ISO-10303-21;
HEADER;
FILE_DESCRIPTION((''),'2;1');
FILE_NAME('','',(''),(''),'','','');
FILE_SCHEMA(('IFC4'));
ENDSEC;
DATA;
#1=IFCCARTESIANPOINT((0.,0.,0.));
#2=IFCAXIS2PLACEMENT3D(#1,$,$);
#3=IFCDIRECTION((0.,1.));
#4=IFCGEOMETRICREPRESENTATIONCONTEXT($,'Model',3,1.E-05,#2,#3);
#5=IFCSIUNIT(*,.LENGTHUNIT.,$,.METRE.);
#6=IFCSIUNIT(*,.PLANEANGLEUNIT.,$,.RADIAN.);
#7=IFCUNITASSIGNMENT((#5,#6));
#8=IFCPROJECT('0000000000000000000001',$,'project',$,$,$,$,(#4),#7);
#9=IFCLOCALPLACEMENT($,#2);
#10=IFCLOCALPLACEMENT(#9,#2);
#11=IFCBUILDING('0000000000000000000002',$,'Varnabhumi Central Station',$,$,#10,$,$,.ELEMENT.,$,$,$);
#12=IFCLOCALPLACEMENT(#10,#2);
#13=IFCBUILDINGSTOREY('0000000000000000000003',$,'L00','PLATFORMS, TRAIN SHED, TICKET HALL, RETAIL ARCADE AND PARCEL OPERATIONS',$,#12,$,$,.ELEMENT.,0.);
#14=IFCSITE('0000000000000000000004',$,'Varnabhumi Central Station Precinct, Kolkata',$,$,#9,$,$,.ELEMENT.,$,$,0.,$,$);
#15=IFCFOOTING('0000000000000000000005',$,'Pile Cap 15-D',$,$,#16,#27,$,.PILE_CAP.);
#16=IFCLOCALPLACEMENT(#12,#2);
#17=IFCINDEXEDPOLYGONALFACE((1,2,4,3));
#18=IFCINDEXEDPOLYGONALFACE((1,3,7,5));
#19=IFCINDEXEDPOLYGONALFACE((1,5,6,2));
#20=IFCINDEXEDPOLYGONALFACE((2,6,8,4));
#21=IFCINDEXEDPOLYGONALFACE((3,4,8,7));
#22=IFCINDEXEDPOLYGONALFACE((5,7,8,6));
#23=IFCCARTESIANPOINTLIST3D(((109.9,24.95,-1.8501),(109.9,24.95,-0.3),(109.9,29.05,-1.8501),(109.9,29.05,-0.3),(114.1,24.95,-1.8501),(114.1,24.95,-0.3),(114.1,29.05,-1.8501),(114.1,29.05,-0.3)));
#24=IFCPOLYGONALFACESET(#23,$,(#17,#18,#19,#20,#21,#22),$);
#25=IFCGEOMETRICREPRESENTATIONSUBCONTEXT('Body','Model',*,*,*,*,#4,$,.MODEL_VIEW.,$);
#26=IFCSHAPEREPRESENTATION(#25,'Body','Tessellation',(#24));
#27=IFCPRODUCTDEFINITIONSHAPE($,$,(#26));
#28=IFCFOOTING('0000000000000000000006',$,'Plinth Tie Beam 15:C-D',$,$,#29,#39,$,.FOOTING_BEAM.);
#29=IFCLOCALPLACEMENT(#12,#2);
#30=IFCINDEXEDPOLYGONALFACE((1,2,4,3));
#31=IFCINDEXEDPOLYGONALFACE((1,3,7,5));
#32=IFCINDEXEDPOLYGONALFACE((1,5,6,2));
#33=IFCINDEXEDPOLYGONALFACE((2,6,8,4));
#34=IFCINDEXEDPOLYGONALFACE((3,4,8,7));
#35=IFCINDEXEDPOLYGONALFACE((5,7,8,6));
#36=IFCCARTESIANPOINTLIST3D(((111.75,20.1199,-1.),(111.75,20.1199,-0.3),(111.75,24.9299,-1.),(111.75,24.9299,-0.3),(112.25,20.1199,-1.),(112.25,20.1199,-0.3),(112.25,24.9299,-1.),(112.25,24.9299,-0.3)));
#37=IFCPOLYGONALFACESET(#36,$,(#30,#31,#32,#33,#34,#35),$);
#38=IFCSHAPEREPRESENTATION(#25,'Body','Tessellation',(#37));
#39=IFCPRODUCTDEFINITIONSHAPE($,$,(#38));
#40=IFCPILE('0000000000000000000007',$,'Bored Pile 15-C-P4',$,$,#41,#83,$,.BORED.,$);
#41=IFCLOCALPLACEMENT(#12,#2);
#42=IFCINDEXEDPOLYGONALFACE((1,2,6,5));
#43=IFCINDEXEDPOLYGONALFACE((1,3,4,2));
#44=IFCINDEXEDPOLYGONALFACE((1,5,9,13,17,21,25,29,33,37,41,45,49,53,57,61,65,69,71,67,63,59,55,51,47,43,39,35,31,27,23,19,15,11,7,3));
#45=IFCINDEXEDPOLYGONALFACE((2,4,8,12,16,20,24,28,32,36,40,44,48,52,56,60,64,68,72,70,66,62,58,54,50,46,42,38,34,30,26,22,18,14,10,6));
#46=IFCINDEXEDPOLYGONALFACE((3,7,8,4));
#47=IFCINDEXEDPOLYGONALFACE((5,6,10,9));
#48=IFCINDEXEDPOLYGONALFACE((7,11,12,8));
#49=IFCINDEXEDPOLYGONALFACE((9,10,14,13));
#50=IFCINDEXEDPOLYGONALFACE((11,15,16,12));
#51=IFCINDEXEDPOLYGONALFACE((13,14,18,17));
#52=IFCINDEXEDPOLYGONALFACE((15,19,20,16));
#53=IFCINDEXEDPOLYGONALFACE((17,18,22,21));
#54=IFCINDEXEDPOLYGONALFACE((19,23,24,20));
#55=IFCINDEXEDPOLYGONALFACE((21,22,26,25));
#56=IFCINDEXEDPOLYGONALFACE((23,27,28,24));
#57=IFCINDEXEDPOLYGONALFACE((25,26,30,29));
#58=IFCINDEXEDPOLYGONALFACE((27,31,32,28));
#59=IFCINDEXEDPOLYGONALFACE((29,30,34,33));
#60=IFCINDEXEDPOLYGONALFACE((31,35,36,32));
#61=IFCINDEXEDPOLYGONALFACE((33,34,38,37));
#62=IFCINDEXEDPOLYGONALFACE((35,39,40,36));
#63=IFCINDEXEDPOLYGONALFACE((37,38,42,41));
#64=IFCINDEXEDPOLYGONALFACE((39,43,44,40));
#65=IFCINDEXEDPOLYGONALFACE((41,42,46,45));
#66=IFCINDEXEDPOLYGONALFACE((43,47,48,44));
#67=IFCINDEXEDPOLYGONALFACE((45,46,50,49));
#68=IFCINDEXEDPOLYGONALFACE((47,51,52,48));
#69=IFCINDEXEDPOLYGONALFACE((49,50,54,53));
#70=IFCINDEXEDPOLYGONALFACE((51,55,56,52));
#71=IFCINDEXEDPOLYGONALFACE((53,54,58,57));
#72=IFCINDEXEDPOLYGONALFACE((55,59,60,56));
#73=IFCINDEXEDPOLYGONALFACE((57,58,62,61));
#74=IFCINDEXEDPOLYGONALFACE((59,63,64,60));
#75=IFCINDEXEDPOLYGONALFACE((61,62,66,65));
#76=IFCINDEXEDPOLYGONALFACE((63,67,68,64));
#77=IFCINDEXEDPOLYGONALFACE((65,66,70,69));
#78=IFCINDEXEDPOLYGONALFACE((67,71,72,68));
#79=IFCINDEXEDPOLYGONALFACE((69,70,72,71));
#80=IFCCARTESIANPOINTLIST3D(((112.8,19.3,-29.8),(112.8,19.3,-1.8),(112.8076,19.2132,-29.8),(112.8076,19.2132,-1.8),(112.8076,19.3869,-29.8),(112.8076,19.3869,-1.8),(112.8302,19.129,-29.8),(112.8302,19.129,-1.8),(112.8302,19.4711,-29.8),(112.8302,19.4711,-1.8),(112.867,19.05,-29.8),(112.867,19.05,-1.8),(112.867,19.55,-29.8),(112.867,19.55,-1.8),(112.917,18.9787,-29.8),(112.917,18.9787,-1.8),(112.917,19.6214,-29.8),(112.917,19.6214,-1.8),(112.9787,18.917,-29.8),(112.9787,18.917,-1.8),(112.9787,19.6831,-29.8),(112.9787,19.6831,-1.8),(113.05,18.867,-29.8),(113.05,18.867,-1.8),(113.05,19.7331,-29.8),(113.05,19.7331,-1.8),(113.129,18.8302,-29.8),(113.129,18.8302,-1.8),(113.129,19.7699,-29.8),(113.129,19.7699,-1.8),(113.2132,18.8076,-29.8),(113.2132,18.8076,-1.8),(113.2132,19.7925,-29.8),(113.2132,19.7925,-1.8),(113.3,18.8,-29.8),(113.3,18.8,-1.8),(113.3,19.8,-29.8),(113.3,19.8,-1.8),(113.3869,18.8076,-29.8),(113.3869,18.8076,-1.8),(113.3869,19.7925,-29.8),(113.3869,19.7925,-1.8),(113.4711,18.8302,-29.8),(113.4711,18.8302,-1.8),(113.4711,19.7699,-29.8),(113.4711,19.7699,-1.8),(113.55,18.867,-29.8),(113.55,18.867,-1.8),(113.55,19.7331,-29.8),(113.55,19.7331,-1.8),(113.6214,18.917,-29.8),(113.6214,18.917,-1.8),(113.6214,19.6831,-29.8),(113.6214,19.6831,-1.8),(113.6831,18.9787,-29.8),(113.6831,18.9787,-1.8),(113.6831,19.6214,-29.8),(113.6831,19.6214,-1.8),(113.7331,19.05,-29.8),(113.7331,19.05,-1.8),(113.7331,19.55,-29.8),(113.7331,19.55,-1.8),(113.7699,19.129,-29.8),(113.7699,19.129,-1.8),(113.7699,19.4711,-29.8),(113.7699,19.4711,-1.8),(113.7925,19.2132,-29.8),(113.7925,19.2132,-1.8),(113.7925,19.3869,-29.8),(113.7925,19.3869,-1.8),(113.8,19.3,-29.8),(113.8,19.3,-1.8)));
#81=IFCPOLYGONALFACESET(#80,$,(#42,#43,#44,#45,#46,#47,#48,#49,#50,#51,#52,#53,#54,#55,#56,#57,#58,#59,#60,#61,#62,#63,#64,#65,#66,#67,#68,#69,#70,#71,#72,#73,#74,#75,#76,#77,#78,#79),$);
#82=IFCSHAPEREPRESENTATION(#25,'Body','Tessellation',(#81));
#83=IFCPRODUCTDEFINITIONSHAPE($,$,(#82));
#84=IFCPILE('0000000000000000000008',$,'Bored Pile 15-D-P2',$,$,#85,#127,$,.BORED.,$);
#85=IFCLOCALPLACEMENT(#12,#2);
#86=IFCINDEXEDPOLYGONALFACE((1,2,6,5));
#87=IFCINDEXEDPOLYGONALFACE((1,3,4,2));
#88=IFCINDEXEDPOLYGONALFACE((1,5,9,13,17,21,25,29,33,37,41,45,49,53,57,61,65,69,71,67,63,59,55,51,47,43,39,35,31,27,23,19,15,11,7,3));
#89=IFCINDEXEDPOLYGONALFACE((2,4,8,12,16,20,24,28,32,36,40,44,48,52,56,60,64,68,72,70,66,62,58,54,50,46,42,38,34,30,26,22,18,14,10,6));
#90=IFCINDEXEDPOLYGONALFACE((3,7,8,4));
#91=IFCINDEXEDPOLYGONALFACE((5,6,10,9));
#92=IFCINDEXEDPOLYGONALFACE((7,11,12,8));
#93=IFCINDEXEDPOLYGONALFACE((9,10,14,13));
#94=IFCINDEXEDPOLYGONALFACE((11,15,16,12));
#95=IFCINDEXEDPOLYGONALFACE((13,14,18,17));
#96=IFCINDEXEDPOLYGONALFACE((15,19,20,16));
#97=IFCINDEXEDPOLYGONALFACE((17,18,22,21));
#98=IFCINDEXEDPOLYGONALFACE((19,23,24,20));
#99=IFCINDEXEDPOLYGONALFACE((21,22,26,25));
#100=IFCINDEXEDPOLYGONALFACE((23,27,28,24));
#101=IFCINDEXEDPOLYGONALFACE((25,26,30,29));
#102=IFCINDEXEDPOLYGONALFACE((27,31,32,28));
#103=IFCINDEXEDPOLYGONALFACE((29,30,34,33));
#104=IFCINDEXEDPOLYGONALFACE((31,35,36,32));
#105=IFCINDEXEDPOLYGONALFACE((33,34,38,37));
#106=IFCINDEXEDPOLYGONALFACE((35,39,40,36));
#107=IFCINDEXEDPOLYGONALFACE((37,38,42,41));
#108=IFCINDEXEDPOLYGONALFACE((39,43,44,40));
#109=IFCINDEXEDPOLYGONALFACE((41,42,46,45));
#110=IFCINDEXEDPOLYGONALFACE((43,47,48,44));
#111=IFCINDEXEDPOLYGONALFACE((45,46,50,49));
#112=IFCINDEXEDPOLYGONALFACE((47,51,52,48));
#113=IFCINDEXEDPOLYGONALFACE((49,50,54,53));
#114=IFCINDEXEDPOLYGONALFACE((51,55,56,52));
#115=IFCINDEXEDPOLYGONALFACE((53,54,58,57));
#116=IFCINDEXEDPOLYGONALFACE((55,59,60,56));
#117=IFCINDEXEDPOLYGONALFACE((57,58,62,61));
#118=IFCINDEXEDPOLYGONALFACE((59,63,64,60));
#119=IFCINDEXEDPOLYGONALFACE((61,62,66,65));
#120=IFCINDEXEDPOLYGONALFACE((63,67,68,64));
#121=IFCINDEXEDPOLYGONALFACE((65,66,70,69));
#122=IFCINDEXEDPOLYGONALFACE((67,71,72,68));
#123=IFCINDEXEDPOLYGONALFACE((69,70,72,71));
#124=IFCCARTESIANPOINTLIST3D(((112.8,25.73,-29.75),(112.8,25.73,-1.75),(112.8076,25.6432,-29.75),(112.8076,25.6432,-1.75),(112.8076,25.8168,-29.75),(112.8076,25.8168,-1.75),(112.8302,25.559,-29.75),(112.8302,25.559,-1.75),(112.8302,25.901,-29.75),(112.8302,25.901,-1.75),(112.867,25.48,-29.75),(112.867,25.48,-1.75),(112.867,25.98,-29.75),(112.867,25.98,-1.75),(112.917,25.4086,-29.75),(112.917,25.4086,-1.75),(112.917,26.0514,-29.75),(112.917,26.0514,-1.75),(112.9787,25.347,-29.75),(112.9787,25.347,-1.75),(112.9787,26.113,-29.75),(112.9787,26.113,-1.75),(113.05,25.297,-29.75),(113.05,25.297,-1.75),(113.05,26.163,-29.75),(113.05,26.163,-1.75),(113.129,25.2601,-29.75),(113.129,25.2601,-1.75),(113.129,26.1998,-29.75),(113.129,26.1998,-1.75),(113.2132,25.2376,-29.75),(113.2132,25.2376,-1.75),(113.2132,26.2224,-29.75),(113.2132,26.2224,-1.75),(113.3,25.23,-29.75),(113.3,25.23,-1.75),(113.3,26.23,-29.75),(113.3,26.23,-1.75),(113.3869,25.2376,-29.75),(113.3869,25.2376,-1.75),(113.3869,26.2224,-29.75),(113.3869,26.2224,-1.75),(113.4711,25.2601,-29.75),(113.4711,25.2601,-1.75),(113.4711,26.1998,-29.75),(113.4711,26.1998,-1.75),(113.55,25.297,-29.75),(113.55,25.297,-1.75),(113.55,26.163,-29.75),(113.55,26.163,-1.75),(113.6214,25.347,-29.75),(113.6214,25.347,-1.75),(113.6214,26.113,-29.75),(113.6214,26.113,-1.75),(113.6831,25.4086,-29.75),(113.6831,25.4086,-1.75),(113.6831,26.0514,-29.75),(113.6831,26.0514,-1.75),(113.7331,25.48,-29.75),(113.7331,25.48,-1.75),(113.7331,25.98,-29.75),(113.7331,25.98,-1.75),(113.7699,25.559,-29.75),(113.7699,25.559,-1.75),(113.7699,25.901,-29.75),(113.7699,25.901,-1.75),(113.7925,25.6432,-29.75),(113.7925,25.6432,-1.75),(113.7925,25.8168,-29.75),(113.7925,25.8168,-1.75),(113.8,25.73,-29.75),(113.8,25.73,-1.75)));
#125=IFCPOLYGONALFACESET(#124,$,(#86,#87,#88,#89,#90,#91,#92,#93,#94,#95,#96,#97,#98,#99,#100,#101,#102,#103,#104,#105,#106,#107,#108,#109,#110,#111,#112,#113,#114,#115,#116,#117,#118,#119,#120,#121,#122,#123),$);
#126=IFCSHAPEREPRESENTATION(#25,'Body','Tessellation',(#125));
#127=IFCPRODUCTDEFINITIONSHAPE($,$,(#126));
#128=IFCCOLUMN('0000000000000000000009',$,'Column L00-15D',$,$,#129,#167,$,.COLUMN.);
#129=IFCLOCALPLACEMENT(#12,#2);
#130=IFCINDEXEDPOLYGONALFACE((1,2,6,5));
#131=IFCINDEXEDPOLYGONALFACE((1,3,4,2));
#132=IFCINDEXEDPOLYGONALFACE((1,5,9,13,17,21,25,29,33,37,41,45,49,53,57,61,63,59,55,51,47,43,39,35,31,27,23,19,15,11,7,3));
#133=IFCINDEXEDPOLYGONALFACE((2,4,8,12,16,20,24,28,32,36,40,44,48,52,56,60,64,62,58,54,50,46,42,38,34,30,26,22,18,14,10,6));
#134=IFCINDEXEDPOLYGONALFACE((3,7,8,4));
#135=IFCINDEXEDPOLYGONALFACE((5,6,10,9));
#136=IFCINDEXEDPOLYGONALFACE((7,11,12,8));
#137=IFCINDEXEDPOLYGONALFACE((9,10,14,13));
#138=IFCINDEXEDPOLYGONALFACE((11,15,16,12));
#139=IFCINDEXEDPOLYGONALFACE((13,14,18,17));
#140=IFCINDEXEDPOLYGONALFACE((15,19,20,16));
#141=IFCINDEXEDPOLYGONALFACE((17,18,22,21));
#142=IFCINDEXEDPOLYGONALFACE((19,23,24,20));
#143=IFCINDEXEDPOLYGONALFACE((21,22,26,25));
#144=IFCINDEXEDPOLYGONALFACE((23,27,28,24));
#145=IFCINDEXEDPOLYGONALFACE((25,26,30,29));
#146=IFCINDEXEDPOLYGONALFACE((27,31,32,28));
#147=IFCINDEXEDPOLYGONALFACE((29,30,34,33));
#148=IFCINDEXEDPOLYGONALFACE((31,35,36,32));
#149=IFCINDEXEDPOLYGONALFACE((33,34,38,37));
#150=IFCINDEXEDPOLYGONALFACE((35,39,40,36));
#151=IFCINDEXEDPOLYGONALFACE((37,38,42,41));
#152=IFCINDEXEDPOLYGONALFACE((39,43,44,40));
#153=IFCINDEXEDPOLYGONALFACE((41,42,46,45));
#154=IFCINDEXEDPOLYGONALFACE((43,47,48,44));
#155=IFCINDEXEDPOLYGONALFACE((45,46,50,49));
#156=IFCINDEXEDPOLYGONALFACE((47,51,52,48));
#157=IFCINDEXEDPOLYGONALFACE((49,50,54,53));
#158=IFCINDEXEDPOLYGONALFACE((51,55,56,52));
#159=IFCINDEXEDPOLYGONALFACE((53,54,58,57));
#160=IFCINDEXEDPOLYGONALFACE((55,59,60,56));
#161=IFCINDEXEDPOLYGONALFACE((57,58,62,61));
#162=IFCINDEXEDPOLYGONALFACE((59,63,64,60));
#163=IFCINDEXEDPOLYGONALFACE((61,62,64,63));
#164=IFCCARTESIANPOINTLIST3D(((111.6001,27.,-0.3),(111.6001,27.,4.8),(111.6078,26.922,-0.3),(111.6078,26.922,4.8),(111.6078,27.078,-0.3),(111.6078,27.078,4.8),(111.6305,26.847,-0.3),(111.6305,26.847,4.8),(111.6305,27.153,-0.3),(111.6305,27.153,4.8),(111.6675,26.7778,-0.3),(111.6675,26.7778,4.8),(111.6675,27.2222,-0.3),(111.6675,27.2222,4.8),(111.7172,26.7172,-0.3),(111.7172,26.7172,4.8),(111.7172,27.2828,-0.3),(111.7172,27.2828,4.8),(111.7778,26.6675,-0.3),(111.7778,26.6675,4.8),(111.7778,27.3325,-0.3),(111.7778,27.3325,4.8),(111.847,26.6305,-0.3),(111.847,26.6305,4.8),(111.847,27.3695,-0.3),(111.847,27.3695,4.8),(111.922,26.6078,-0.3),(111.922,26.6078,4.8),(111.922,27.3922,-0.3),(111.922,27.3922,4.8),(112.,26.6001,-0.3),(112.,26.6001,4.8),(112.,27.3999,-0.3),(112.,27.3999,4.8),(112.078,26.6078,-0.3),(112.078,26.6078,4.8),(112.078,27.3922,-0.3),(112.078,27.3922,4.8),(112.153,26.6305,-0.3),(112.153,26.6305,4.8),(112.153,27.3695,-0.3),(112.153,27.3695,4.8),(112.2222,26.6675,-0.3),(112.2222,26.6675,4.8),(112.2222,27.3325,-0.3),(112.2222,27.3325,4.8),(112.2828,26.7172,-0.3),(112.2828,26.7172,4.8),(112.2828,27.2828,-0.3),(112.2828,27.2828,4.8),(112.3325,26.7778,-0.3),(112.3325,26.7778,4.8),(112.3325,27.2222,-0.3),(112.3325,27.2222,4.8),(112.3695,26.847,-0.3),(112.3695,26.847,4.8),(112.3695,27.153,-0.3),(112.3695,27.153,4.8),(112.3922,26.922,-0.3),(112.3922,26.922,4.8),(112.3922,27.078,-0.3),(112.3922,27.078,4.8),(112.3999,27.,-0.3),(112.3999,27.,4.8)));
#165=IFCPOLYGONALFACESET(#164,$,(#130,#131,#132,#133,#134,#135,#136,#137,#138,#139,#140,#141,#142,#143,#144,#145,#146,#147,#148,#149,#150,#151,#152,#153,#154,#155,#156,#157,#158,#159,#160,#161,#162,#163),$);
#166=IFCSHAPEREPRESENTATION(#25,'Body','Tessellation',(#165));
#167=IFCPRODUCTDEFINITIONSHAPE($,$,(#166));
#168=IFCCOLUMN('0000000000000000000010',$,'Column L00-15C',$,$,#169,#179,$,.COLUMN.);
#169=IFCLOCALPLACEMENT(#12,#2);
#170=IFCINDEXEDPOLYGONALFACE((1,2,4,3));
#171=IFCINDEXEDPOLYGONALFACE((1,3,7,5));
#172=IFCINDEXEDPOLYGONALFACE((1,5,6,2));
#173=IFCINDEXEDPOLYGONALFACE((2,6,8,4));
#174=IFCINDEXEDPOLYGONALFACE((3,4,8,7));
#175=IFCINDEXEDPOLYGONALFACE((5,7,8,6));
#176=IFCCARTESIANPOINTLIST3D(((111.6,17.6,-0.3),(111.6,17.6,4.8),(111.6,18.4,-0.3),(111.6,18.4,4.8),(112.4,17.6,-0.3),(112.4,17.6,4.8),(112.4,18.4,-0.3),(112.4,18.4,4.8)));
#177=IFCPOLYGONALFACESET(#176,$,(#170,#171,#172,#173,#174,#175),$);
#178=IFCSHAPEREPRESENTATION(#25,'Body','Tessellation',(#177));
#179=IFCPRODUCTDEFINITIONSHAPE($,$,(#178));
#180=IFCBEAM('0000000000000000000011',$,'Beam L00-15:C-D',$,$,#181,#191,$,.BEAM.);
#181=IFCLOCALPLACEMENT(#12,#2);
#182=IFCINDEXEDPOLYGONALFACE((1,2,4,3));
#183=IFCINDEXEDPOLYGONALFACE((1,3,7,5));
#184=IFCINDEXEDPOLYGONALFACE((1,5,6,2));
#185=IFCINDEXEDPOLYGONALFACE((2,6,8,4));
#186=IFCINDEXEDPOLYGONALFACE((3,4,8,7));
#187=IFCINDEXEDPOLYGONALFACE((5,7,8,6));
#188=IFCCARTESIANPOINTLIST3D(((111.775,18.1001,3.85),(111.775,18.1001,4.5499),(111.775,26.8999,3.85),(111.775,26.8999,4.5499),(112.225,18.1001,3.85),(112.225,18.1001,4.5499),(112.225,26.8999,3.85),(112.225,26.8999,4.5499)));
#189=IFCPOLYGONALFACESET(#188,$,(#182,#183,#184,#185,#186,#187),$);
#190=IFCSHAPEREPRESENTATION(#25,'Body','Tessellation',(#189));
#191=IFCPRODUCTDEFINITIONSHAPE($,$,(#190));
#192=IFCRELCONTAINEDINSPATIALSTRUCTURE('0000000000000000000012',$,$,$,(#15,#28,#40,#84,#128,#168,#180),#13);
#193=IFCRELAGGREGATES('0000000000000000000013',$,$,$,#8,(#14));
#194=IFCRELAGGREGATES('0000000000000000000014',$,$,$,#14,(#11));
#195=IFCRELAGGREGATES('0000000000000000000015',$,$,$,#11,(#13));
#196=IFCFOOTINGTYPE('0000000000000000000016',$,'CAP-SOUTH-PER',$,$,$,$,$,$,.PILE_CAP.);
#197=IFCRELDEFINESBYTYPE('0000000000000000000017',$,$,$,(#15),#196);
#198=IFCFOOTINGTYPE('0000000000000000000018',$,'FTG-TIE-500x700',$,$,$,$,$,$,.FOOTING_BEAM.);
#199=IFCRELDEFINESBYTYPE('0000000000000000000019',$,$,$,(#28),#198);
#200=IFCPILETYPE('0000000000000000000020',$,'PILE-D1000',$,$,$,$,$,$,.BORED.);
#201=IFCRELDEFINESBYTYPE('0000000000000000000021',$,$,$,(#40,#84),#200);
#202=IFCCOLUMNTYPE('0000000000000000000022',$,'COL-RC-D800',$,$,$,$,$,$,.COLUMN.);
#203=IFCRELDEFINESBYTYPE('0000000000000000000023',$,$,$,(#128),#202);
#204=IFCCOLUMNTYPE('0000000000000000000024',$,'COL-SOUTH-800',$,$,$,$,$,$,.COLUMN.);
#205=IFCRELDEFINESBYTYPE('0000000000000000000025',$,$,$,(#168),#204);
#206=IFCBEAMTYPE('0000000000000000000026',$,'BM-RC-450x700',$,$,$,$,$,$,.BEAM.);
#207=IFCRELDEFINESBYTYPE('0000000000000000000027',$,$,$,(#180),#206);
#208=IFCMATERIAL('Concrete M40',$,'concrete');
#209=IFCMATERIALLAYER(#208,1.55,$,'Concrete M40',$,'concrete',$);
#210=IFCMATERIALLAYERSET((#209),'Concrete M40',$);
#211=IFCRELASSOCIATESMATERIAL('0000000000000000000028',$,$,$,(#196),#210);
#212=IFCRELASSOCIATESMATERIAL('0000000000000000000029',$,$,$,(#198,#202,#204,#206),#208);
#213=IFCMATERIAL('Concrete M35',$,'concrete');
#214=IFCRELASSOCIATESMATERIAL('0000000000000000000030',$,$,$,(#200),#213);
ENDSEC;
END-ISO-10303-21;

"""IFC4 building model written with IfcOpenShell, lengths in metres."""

from ifc_helpers import new_model, si_unit, direction, frame, origin, origin_2d, place, context, subcontext, project, spatial, rectangle, circle, extrude, material, layer, layer_set, material_profile, profile_set, type_object, element, save


model = new_model("IFC4")

# Units and contexts
model_context = context("Model", 3, precision=1e-05, world=origin(), true_north=direction((0.0, 1.0)))
body_context = subcontext(model_context, "Body", "Model", "MODEL_VIEW")
ifc_project = project(units=[si_unit("LENGTHUNIT", "METRE"), si_unit("PLANEANGLEUNIT", "RADIAN")], contexts=[model_context])

# Site, building, storey
site_placement = place(None, origin())
site = spatial("IfcSite", under=ifc_project, at=site_placement, Name="Varnabhumi Central Station Precinct, Kolkata", CompositionType="ELEMENT", RefElevation=0.0)
building_placement = place(site_placement, origin())
building = spatial("IfcBuilding", under=site, at=building_placement, Name="Varnabhumi Central Station", CompositionType="ELEMENT")
storey_placement = place(building_placement, origin())
storey = spatial("IfcBuildingStorey", under=building, at=storey_placement, Name="L00", Description="PLATFORMS, TRAIN SHED, TICKET HALL, RETAIL ARCADE AND PARCEL OPERATIONS", CompositionType="ELEMENT", Elevation=0.0)

# Footings
ifc_material_1 = material(Name="Concrete M40", Category="concrete")
ifc_layer_1 = layer(ifc_material_1, 1.55, Name="Concrete M40", Category="concrete")
ifc_layer_set_1 = layer_set([ifc_layer_1], Name="Concrete M40")
footing_type_1 = type_object("IfcFootingType", Name="CAP-SOUTH-PER", PredefinedType="PILE_CAP", material=ifc_layer_set_1)
footing_1_placement = place(storey_placement, frame((112.0, 27.0, -1.8501), z_axis=(0.0, 0.0, 1.0), x_axis=(1.0, 0.0, 0.0)))
element("IfcFooting", 1, at=footing_1_placement, inside=storey, type_object=footing_type_1, Name="Pile Cap 15-D", PredefinedType="PILE_CAP", context=body_context, shape_type="SweptSolid", body=[
    extrude(rectangle(XDim=4.2, YDim=4.1001, at=origin_2d()), origin(), (0.0, 0.0, 1.0), 1.55),
])
footing_type_2 = type_object("IfcFootingType", Name="FTG-TIE-500x700", PredefinedType="FOOTING_BEAM", material=ifc_material_1)
footing_2_placement = place(storey_placement, frame((112.0, 22.5249, -1.0), z_axis=(0.0, 0.0, 1.0), x_axis=(1.0, 0.0, 0.0)))
element("IfcFooting", 2, at=footing_2_placement, inside=storey, type_object=footing_type_2, Name="Plinth Tie Beam 15:C-D", PredefinedType="FOOTING_BEAM", context=body_context, shape_type="SweptSolid", body=[
    extrude(rectangle(XDim=0.5, YDim=4.8101, at=origin_2d()), origin(), (0.0, 0.0, 1.0), 0.7),
])

# Piles
ifc_material_2 = material(Name="Concrete M35", Category="concrete")
ifc_material_profile_1 = material_profile(ifc_material_2, circle(Radius=0.5, at=origin_2d()), Name="Concrete M35", Category="concrete")
ifc_profile_set_1 = profile_set([ifc_material_profile_1], Name="Concrete M35")
pile_type = type_object("IfcPileType", Name="PILE-D1000", PredefinedType="BORED", material=ifc_profile_set_1)
for number, where, z_axis, x_axis, name in (
    (3, (113.3, 19.3, -1.8), (0.0, 0.0, -1.0), (1.0, 0.0, 0.0), "Bored Pile 15-C-P4"),
    (4, (113.3, 25.73, -1.75), (0.0, 0.0, -1.0), (1.0, 0.0, 0.0), "Bored Pile 15-D-P2"),
):
    element("IfcPile", number, at=place(storey_placement, frame(where, z_axis=z_axis, x_axis=x_axis)), inside=storey, type_object=pile_type, Name=name, PredefinedType="BORED", context=body_context, shape_type="SweptSolid", body=[
        extrude(circle(Radius=0.5, at=origin_2d()), origin(), (0.0, 0.0, 1.0), 28.0),
    ])

# Columns
ifc_material_profile_2 = material_profile(ifc_material_1, circle(Radius=0.3999, at=origin_2d()), Name="Concrete M40", Category="concrete")
ifc_profile_set_2 = profile_set([ifc_material_profile_2], Name="Concrete M40")
column_type_1 = type_object("IfcColumnType", Name="COL-RC-D800", PredefinedType="COLUMN", material=ifc_profile_set_2)
column_1_placement = place(storey_placement, frame((112.0, 27.0, -0.3), z_axis=(0.0, 0.0, 1.0), x_axis=(1.0, 0.0, 0.0)))
element("IfcColumn", 5, at=column_1_placement, inside=storey, type_object=column_type_1, Name="Column L00-15D", PredefinedType="COLUMN", context=body_context, shape_type="SweptSolid", body=[
    extrude(circle(Radius=0.3999, at=origin_2d()), origin(), (0.0, 0.0, 1.0), 5.1001),
])
ifc_material_profile_3 = material_profile(ifc_material_1, rectangle(XDim=0.8, YDim=0.8, at=origin_2d()), Name="Concrete M40", Category="concrete")
ifc_profile_set_3 = profile_set([ifc_material_profile_3], Name="Concrete M40")
column_type_2 = type_object("IfcColumnType", Name="COL-SOUTH-800", PredefinedType="COLUMN", material=ifc_profile_set_3)
column_2_placement = place(storey_placement, frame((112.0, 18.0, -0.3), z_axis=(0.0, 0.0, 1.0), x_axis=(1.0, 0.0, 0.0)))
element("IfcColumn", 6, at=column_2_placement, inside=storey, type_object=column_type_2, Name="Column L00-15C", PredefinedType="COLUMN", context=body_context, shape_type="SweptSolid", body=[
    extrude(rectangle(XDim=0.8, YDim=0.8, at=origin_2d()), origin(), (0.0, 0.0, 1.0), 5.1001),
])

# Beam
ifc_material_profile_4 = material_profile(ifc_material_1, rectangle(XDim=0.45, YDim=0.7, at=origin_2d()), Name="Concrete M40", Category="concrete")
ifc_profile_set_4 = profile_set([ifc_material_profile_4], Name="Concrete M40")
beam_type_1 = type_object("IfcBeamType", Name="BM-RC-450x700", PredefinedType="BEAM", material=ifc_profile_set_4)
beam_1_placement = place(storey_placement, frame((112.0, 18.1001, 4.2), z_axis=(0.0, 1.0, 0.0), x_axis=(-1.0, 0.0, 0.0)))
element("IfcBeam", 7, at=beam_1_placement, inside=storey, type_object=beam_type_1, Name="Beam L00-15:C-D", PredefinedType="BEAM", context=body_context, shape_type="SweptSolid", body=[
    extrude(rectangle(XDim=0.45, YDim=0.7, at=origin_2d()), origin(), (0.0, 0.0, 1.0), 8.7998),
])

save(model, "model.ifc")
